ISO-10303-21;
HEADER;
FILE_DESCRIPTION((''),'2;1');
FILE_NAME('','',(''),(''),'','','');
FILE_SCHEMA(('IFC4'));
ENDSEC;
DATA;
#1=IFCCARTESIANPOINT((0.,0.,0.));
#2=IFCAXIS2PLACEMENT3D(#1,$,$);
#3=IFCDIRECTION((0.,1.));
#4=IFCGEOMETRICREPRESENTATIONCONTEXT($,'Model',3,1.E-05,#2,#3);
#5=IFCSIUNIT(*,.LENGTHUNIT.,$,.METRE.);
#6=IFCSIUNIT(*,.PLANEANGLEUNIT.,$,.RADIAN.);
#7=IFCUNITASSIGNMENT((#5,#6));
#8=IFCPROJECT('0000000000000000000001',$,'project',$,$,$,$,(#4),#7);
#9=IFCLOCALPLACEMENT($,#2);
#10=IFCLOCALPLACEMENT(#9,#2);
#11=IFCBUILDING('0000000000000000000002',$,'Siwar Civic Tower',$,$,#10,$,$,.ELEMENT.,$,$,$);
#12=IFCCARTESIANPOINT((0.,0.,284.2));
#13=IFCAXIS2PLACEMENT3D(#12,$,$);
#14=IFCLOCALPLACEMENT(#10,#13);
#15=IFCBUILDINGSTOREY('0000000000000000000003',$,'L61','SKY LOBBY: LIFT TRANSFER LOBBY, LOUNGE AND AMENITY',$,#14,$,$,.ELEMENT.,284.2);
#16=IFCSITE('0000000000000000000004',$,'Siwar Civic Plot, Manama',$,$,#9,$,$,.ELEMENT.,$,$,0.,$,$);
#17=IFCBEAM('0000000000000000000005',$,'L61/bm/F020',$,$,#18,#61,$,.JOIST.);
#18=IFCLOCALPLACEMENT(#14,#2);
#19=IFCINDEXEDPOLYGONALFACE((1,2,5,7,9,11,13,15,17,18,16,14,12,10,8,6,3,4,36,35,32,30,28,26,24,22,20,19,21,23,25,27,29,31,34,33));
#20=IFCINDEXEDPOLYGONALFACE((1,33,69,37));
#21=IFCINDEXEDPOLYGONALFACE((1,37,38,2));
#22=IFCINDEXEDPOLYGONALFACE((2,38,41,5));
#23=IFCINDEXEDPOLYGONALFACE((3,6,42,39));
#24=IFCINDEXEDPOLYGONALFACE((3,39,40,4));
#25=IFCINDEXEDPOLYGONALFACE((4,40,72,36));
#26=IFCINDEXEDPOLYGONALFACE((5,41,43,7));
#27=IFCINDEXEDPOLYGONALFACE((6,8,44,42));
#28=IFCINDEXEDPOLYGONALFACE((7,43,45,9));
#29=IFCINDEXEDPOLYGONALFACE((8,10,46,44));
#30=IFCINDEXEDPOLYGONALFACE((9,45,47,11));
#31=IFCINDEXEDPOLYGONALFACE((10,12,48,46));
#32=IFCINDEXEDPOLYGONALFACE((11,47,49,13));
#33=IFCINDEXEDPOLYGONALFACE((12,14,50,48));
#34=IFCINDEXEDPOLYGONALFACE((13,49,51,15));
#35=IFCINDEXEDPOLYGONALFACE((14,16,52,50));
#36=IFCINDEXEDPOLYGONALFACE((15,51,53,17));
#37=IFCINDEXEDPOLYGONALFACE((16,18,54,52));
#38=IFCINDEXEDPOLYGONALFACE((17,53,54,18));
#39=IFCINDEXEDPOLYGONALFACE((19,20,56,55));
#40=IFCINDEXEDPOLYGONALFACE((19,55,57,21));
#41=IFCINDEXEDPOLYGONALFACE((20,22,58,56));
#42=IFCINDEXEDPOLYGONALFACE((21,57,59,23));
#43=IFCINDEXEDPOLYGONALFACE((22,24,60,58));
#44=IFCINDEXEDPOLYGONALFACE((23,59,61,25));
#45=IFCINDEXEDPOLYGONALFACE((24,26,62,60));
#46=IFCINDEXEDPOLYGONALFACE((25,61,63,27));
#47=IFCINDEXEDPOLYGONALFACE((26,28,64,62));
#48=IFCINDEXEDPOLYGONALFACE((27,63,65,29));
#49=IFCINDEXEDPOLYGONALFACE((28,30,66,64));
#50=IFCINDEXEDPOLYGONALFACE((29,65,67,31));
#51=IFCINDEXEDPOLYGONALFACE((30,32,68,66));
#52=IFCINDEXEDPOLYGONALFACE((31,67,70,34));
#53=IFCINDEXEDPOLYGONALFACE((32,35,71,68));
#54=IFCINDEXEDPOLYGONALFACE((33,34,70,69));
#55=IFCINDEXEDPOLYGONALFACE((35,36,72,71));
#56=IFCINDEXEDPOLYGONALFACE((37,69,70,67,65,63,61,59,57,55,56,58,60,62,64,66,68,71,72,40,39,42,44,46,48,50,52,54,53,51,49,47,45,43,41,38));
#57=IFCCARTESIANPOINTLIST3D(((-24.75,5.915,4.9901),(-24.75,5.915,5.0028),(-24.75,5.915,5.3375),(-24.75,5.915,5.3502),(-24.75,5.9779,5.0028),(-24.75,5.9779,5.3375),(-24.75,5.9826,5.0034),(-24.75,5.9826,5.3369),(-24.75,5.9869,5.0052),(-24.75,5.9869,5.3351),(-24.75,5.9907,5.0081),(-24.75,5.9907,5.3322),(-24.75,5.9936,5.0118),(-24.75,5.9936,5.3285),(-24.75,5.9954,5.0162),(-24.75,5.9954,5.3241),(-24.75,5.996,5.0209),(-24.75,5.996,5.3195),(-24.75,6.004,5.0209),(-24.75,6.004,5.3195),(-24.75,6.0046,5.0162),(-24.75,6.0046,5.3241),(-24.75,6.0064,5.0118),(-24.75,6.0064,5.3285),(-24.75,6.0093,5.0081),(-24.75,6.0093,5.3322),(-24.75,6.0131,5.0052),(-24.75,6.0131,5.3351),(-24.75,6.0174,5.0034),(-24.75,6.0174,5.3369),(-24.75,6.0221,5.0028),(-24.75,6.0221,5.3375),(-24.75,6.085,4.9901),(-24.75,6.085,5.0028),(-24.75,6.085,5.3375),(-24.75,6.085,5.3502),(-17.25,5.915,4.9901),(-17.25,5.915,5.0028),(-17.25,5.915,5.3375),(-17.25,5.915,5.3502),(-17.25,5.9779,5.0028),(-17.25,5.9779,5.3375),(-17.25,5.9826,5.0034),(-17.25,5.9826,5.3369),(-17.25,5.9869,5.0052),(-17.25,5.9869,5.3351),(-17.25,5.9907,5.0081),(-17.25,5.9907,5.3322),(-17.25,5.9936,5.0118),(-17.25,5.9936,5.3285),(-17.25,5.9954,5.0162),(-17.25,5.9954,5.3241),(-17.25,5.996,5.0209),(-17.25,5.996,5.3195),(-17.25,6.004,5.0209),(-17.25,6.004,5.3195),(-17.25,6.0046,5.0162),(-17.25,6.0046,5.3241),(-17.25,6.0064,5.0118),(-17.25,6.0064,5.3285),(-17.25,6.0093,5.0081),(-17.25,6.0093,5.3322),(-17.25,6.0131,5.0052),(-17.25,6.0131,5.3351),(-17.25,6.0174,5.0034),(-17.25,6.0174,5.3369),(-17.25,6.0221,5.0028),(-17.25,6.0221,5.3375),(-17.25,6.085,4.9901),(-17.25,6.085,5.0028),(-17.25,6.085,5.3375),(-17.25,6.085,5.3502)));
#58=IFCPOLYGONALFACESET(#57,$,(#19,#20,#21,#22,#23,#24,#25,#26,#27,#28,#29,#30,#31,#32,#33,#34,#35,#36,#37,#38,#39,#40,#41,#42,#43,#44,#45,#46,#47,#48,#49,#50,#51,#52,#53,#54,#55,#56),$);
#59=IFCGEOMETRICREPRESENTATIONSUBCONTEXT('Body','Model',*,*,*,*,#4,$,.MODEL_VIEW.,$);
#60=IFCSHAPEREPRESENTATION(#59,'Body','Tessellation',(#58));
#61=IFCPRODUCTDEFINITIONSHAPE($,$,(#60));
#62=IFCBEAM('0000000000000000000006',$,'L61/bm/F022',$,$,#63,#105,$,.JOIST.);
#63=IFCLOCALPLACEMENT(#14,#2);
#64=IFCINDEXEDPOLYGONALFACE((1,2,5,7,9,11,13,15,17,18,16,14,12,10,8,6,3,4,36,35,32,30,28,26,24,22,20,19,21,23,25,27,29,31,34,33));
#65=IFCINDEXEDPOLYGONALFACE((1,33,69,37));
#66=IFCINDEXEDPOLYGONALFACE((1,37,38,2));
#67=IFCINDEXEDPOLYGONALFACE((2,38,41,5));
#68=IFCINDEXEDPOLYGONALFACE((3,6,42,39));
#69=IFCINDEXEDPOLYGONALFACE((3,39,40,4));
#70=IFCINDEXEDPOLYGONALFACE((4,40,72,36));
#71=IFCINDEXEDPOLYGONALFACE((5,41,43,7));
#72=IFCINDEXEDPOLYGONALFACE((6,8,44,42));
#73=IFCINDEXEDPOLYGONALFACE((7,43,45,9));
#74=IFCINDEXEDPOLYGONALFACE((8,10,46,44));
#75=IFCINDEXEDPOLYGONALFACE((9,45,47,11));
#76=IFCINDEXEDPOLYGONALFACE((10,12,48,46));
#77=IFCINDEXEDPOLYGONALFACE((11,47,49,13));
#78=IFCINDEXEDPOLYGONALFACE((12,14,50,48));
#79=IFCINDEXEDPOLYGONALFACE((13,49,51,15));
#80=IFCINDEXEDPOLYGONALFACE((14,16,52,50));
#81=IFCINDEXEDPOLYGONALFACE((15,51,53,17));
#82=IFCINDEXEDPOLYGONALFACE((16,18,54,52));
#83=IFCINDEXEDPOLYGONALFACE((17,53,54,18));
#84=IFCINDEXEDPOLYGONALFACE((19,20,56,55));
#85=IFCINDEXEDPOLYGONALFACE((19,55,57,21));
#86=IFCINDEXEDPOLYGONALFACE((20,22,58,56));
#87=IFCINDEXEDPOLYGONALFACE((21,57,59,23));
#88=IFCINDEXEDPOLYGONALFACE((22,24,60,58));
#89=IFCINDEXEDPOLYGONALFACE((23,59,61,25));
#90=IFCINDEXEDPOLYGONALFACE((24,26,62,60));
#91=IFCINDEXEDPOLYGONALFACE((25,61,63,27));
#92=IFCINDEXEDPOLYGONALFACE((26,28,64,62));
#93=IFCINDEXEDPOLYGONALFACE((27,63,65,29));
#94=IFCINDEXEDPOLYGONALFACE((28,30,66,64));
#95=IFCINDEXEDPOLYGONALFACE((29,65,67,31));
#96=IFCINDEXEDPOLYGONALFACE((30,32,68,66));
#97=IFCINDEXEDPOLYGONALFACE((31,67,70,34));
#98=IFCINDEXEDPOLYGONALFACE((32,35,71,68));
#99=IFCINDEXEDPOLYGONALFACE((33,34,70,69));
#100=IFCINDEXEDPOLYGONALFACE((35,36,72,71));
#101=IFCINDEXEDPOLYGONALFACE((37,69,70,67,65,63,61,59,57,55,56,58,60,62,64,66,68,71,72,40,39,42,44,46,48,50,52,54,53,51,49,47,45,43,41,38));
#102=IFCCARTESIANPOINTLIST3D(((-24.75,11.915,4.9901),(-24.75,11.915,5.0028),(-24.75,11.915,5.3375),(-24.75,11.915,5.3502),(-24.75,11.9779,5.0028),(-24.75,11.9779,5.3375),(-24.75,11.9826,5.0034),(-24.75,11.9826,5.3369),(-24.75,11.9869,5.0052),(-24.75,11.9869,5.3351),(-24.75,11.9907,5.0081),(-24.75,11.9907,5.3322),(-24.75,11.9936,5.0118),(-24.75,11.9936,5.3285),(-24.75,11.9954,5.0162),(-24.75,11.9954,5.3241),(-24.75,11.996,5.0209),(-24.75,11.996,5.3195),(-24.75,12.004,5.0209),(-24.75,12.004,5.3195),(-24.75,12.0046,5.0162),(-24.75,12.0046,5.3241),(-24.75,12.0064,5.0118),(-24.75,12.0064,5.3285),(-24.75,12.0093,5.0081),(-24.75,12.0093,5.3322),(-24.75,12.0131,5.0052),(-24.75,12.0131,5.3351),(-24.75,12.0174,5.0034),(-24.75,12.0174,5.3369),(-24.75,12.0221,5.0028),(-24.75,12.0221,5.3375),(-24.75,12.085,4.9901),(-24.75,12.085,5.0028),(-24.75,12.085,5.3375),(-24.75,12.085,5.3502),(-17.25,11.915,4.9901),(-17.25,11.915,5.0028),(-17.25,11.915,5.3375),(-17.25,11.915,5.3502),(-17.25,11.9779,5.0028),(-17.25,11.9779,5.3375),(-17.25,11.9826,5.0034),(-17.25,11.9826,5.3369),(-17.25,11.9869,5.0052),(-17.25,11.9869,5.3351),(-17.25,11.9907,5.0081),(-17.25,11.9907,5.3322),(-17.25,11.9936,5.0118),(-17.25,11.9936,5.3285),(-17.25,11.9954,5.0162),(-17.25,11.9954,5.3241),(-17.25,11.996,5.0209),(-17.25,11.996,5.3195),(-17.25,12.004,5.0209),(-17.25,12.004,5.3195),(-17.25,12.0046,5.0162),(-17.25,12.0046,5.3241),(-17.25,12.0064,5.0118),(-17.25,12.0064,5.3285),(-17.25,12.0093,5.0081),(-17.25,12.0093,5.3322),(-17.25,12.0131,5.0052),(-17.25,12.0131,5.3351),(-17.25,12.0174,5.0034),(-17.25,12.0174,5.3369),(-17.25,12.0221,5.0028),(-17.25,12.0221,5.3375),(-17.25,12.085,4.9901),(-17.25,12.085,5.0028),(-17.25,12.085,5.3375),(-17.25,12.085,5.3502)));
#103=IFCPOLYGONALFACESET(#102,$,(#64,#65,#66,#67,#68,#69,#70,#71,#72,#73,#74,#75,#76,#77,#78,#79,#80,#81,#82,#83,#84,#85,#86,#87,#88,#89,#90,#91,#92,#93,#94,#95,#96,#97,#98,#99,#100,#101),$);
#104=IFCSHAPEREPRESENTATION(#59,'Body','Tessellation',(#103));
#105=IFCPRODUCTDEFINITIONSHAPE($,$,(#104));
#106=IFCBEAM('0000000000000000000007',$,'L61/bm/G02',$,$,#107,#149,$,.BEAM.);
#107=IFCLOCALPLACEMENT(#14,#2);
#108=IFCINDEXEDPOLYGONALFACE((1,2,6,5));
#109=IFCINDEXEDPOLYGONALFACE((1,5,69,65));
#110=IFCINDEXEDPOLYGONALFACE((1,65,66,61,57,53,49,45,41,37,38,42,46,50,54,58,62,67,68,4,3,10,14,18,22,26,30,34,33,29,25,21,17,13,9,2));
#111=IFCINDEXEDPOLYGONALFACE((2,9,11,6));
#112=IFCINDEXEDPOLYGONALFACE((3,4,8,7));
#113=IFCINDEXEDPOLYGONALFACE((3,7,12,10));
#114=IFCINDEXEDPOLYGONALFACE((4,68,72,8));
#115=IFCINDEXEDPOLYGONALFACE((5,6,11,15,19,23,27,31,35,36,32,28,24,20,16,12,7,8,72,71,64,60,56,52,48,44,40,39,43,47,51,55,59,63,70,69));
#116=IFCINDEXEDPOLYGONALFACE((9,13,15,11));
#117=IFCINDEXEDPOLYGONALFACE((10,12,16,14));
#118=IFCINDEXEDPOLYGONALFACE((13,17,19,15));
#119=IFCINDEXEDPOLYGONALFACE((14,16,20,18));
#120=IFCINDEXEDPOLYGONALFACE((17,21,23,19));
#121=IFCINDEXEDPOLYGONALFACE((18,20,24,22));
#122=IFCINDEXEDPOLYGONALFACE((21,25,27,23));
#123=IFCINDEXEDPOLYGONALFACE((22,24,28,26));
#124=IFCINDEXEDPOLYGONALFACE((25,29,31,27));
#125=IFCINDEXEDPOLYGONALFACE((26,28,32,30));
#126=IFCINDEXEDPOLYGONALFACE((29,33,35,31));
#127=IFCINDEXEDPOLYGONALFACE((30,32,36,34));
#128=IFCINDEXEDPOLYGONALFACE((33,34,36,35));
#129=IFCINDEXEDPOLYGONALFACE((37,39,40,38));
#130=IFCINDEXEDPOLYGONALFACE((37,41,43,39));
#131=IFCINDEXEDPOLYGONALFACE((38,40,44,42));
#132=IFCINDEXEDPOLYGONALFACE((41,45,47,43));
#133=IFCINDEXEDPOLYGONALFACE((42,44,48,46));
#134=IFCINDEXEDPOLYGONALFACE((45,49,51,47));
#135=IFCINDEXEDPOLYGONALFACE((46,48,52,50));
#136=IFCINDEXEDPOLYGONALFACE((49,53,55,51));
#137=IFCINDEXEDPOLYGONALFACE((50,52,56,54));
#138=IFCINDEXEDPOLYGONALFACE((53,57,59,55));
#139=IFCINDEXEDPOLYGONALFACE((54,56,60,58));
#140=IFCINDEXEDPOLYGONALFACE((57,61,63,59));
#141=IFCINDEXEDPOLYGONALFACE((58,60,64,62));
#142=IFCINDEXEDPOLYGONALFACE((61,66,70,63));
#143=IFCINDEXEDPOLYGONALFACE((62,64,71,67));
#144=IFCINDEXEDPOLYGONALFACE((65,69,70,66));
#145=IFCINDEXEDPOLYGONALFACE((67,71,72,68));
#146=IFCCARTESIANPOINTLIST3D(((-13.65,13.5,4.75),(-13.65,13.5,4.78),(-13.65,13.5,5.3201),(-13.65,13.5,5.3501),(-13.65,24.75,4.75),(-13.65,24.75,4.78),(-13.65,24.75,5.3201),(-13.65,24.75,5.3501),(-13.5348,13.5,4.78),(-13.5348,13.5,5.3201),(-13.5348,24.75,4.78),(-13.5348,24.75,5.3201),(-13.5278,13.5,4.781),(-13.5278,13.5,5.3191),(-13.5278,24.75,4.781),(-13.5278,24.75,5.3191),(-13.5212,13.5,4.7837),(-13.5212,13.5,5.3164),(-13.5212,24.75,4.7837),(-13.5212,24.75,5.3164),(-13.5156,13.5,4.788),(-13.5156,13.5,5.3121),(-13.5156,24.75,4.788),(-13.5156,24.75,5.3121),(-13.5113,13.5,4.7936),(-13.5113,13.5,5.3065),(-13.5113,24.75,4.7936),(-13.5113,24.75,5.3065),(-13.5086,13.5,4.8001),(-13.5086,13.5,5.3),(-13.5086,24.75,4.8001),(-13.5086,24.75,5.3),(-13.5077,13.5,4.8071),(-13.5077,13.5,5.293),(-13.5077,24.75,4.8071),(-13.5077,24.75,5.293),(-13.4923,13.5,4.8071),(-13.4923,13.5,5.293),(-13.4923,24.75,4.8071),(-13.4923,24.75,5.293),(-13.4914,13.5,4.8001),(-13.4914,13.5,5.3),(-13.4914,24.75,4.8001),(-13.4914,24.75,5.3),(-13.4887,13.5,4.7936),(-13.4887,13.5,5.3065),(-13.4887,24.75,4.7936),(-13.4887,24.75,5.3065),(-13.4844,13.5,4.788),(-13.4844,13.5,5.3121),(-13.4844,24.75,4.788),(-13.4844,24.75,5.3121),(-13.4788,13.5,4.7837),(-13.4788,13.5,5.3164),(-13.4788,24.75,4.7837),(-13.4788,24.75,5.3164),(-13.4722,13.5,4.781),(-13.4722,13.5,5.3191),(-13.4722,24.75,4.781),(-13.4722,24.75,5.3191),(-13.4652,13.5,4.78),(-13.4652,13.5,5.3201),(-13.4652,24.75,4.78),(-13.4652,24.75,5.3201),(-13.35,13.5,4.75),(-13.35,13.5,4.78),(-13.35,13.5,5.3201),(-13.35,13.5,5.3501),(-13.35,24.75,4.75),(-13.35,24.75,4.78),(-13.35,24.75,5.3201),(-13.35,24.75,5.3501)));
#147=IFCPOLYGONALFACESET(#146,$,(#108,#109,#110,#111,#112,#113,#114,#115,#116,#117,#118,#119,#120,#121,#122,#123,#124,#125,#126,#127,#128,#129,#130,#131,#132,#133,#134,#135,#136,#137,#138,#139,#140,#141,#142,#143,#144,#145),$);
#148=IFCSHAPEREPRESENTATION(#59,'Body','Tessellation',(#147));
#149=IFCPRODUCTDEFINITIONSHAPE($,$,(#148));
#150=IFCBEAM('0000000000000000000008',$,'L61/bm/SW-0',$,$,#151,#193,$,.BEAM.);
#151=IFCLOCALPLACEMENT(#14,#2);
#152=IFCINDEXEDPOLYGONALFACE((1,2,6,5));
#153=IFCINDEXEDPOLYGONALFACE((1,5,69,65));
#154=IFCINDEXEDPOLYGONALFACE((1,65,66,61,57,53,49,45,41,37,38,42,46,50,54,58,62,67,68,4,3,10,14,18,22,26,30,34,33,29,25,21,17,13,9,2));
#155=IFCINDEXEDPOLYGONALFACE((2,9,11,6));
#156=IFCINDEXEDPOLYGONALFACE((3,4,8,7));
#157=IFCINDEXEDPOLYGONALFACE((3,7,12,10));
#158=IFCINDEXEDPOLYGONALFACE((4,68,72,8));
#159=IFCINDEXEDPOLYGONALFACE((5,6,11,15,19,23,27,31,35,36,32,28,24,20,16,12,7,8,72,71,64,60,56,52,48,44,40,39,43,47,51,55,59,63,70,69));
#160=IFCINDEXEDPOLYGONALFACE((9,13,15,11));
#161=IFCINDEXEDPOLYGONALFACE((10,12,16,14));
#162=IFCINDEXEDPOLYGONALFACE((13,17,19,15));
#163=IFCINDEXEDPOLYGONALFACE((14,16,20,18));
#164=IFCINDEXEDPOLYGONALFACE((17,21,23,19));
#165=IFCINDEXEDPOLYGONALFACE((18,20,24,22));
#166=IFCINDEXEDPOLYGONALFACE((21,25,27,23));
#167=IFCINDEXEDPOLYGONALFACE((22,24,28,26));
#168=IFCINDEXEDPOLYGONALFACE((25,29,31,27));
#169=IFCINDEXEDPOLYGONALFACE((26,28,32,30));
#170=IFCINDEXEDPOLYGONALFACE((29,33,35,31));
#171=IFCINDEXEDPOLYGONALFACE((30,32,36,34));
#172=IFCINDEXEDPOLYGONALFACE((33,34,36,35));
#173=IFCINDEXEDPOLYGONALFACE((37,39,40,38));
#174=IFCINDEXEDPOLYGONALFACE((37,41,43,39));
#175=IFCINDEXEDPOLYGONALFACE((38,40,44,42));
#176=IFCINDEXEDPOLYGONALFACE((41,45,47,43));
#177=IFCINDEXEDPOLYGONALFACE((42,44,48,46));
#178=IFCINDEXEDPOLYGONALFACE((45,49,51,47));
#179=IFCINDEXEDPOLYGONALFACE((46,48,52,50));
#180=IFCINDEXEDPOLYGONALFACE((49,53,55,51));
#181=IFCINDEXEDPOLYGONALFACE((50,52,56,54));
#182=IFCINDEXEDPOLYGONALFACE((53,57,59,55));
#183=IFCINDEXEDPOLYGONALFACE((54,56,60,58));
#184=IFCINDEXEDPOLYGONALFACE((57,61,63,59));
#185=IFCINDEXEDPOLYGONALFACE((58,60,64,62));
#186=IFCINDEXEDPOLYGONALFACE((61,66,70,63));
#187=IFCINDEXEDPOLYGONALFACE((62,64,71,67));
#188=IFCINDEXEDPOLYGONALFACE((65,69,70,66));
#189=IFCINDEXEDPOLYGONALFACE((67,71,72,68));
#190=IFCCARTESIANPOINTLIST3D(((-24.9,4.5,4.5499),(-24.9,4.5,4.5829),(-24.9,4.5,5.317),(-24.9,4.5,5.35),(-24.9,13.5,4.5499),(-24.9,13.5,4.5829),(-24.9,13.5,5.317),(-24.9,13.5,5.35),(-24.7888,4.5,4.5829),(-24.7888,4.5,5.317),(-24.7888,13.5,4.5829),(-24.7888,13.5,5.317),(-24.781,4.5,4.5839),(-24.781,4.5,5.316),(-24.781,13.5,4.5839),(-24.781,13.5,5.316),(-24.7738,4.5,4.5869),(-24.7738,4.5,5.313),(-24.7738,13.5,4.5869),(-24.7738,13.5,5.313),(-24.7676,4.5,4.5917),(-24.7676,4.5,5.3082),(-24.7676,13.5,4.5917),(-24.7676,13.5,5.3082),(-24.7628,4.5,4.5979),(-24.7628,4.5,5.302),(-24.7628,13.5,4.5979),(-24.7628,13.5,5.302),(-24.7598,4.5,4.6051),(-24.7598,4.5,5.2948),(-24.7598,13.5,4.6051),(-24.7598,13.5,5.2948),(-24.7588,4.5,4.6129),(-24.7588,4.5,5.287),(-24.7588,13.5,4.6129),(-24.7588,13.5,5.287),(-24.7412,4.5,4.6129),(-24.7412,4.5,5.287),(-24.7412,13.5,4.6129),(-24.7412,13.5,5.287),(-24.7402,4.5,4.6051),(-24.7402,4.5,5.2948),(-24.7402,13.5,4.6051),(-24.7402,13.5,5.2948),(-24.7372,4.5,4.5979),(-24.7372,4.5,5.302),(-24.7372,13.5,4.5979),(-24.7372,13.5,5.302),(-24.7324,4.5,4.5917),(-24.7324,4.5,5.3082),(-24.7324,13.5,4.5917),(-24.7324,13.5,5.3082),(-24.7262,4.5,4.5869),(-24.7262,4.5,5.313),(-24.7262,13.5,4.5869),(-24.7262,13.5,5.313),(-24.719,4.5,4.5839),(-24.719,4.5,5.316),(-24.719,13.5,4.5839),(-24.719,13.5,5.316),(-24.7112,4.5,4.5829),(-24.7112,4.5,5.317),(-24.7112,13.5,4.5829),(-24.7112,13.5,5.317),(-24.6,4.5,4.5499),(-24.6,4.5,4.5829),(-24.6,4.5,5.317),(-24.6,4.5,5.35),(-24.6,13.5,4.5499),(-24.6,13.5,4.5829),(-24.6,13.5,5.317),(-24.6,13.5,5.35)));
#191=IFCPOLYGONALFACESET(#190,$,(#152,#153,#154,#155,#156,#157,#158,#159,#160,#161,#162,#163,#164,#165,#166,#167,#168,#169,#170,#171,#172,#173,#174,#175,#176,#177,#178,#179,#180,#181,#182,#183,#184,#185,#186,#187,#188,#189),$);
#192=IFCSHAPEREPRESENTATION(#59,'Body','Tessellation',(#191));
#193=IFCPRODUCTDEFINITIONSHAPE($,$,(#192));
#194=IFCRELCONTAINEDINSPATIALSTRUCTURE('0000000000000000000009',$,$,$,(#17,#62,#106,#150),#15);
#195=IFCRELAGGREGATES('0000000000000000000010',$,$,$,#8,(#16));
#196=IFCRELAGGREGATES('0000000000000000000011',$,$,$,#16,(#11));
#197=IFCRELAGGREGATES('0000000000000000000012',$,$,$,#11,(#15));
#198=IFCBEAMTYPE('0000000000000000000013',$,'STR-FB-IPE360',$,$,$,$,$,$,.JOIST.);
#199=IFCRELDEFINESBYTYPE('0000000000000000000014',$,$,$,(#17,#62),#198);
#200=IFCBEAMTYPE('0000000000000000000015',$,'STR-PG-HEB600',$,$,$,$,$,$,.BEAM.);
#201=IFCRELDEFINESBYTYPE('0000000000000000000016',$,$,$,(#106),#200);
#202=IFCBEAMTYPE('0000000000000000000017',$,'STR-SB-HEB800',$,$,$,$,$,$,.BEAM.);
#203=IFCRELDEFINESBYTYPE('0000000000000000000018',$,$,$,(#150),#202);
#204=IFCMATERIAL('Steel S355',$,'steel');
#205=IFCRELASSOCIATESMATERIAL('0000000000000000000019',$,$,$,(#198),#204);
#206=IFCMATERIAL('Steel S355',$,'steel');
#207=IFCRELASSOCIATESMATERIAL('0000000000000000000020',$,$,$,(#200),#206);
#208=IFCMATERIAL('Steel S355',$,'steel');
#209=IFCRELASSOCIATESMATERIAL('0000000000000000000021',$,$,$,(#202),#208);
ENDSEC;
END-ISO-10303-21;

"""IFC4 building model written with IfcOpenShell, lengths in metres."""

from ifc_helpers import new_model, si_unit, direction, frame, origin, origin_2d, place, context, subcontext, project, spatial, i_section, extrude, material, material_profile, profile_set, type_object, element, save


model = new_model("IFC4")

# Units and contexts
model_context = context("Model", 3, precision=1e-05, world=origin(), true_north=direction((0.0, 1.0)))
body_context = subcontext(model_context, "Body", "Model", "MODEL_VIEW")
ifc_project = project(units=[si_unit("LENGTHUNIT", "METRE"), si_unit("PLANEANGLEUNIT", "RADIAN")], contexts=[model_context])

# Site, building, storey
site_placement = place(None, origin())
site = spatial("IfcSite", under=ifc_project, at=site_placement, Name="Siwar Civic Plot, Manama", CompositionType="ELEMENT", RefElevation=0.0)
building_placement = place(site_placement, origin())
building = spatial("IfcBuilding", under=site, at=building_placement, Name="Siwar Civic Tower", CompositionType="ELEMENT")
storey_placement = place(building_placement, frame((0.0, 0.0, 284.2)))
storey = spatial("IfcBuildingStorey", under=building, at=storey_placement, Name="L61", Description="SKY LOBBY: LIFT TRANSFER LOBBY, LOUNGE AND AMENITY", CompositionType="ELEMENT", Elevation=284.2)

# Beams
ifc_material_1 = material(Name="Steel S355", Category="steel")
ifc_material_profile_1 = material_profile(ifc_material_1, i_section(OverallWidth=0.1699, OverallDepth=0.3601, WebThickness=0.0081, FlangeThickness=0.0127, FilletRadius=0.0181, at=origin_2d()), Name="IPE360")
ifc_profile_set_1 = profile_set([ifc_material_profile_1], Name="Steel S355")
beam_type_1 = type_object("IfcBeamType", Name="STR-FB-IPE360", PredefinedType="JOIST", material=ifc_profile_set_1)
for number, where, z_axis, x_axis, name in (
    (1, (-24.75, 6.0, 5.1702), (1.0, 0.0, 0.0), (0.0, 1.0, 0.0), "L61/bm/F020"),
    (2, (-24.75, 12.0, 5.1702), (1.0, 0.0, 0.0), (0.0, 1.0, 0.0), "L61/bm/F022"),
):
    element("IfcBeam", number, at=place(storey_placement, frame(where, z_axis=z_axis, x_axis=x_axis)), inside=storey, type_object=beam_type_1, Name=name, PredefinedType="JOIST", context=body_context, shape_type="SweptSolid", body=[
        extrude(i_section(OverallWidth=0.1699, OverallDepth=0.3601, WebThickness=0.0081, FlangeThickness=0.0127, FilletRadius=0.0181, at=origin_2d()), origin(), (0.0, 0.0, 1.0), 7.5),
    ])
ifc_material_2 = material(Name="Steel S355", Category="steel")
ifc_material_profile_2 = material_profile(ifc_material_2, i_section(OverallWidth=0.3, OverallDepth=0.6001, WebThickness=0.0154, FlangeThickness=0.03, FilletRadius=0.0271, at=origin_2d()), Name="HEB600")
ifc_profile_set_2 = profile_set([ifc_material_profile_2], Name="Steel S355")
beam_type_2 = type_object("IfcBeamType", Name="STR-PG-HEB600", PredefinedType="BEAM", material=ifc_profile_set_2)
beam_placement = place(storey_placement, frame((-13.5, 13.5, 5.05), z_axis=(0.0, 1.0, 0.0), x_axis=(-1.0, 0.0, 0.0)))
element("IfcBeam", 3, at=beam_placement, inside=storey, type_object=beam_type_2, Name="L61/bm/G02", PredefinedType="BEAM", context=body_context, shape_type="SweptSolid", body=[
    extrude(i_section(OverallWidth=0.3, OverallDepth=0.6001, WebThickness=0.0154, FlangeThickness=0.03, FilletRadius=0.0271, at=origin_2d()), origin(), (0.0, 0.0, 1.0), 11.25),
])
ifc_material_3 = material(Name="Steel S355", Category="steel")
ifc_material_profile_3 = material_profile(ifc_material_3, i_section(OverallWidth=0.3, OverallDepth=0.8, WebThickness=0.0176, FlangeThickness=0.033, FilletRadius=0.03, at=origin_2d()), Name="HEB800")
ifc_profile_set_3 = profile_set([ifc_material_profile_3], Name="Steel S355")
beam_type_3 = type_object("IfcBeamType", Name="STR-SB-HEB800", PredefinedType="BEAM", material=ifc_profile_set_3)
for number, where, z_axis, x_axis, name in (
    (4, (-24.75, 13.5, 4.95), (0.0, -1.0, 0.0), (1.0, 0.0, 0.0), "L61/bm/SW-0"),
):
    element("IfcBeam", number, at=place(storey_placement, frame(where, z_axis=z_axis, x_axis=x_axis)), inside=storey, type_object=beam_type_3, Name=name, PredefinedType="BEAM", context=body_context, shape_type="SweptSolid", body=[
        extrude(i_section(OverallWidth=0.3, OverallDepth=0.8, WebThickness=0.0176, FlangeThickness=0.033, FilletRadius=0.03, at=origin_2d()), origin(), (0.0, 0.0, 1.0), 9.0),
    ])

save(model, "model.ifc")
